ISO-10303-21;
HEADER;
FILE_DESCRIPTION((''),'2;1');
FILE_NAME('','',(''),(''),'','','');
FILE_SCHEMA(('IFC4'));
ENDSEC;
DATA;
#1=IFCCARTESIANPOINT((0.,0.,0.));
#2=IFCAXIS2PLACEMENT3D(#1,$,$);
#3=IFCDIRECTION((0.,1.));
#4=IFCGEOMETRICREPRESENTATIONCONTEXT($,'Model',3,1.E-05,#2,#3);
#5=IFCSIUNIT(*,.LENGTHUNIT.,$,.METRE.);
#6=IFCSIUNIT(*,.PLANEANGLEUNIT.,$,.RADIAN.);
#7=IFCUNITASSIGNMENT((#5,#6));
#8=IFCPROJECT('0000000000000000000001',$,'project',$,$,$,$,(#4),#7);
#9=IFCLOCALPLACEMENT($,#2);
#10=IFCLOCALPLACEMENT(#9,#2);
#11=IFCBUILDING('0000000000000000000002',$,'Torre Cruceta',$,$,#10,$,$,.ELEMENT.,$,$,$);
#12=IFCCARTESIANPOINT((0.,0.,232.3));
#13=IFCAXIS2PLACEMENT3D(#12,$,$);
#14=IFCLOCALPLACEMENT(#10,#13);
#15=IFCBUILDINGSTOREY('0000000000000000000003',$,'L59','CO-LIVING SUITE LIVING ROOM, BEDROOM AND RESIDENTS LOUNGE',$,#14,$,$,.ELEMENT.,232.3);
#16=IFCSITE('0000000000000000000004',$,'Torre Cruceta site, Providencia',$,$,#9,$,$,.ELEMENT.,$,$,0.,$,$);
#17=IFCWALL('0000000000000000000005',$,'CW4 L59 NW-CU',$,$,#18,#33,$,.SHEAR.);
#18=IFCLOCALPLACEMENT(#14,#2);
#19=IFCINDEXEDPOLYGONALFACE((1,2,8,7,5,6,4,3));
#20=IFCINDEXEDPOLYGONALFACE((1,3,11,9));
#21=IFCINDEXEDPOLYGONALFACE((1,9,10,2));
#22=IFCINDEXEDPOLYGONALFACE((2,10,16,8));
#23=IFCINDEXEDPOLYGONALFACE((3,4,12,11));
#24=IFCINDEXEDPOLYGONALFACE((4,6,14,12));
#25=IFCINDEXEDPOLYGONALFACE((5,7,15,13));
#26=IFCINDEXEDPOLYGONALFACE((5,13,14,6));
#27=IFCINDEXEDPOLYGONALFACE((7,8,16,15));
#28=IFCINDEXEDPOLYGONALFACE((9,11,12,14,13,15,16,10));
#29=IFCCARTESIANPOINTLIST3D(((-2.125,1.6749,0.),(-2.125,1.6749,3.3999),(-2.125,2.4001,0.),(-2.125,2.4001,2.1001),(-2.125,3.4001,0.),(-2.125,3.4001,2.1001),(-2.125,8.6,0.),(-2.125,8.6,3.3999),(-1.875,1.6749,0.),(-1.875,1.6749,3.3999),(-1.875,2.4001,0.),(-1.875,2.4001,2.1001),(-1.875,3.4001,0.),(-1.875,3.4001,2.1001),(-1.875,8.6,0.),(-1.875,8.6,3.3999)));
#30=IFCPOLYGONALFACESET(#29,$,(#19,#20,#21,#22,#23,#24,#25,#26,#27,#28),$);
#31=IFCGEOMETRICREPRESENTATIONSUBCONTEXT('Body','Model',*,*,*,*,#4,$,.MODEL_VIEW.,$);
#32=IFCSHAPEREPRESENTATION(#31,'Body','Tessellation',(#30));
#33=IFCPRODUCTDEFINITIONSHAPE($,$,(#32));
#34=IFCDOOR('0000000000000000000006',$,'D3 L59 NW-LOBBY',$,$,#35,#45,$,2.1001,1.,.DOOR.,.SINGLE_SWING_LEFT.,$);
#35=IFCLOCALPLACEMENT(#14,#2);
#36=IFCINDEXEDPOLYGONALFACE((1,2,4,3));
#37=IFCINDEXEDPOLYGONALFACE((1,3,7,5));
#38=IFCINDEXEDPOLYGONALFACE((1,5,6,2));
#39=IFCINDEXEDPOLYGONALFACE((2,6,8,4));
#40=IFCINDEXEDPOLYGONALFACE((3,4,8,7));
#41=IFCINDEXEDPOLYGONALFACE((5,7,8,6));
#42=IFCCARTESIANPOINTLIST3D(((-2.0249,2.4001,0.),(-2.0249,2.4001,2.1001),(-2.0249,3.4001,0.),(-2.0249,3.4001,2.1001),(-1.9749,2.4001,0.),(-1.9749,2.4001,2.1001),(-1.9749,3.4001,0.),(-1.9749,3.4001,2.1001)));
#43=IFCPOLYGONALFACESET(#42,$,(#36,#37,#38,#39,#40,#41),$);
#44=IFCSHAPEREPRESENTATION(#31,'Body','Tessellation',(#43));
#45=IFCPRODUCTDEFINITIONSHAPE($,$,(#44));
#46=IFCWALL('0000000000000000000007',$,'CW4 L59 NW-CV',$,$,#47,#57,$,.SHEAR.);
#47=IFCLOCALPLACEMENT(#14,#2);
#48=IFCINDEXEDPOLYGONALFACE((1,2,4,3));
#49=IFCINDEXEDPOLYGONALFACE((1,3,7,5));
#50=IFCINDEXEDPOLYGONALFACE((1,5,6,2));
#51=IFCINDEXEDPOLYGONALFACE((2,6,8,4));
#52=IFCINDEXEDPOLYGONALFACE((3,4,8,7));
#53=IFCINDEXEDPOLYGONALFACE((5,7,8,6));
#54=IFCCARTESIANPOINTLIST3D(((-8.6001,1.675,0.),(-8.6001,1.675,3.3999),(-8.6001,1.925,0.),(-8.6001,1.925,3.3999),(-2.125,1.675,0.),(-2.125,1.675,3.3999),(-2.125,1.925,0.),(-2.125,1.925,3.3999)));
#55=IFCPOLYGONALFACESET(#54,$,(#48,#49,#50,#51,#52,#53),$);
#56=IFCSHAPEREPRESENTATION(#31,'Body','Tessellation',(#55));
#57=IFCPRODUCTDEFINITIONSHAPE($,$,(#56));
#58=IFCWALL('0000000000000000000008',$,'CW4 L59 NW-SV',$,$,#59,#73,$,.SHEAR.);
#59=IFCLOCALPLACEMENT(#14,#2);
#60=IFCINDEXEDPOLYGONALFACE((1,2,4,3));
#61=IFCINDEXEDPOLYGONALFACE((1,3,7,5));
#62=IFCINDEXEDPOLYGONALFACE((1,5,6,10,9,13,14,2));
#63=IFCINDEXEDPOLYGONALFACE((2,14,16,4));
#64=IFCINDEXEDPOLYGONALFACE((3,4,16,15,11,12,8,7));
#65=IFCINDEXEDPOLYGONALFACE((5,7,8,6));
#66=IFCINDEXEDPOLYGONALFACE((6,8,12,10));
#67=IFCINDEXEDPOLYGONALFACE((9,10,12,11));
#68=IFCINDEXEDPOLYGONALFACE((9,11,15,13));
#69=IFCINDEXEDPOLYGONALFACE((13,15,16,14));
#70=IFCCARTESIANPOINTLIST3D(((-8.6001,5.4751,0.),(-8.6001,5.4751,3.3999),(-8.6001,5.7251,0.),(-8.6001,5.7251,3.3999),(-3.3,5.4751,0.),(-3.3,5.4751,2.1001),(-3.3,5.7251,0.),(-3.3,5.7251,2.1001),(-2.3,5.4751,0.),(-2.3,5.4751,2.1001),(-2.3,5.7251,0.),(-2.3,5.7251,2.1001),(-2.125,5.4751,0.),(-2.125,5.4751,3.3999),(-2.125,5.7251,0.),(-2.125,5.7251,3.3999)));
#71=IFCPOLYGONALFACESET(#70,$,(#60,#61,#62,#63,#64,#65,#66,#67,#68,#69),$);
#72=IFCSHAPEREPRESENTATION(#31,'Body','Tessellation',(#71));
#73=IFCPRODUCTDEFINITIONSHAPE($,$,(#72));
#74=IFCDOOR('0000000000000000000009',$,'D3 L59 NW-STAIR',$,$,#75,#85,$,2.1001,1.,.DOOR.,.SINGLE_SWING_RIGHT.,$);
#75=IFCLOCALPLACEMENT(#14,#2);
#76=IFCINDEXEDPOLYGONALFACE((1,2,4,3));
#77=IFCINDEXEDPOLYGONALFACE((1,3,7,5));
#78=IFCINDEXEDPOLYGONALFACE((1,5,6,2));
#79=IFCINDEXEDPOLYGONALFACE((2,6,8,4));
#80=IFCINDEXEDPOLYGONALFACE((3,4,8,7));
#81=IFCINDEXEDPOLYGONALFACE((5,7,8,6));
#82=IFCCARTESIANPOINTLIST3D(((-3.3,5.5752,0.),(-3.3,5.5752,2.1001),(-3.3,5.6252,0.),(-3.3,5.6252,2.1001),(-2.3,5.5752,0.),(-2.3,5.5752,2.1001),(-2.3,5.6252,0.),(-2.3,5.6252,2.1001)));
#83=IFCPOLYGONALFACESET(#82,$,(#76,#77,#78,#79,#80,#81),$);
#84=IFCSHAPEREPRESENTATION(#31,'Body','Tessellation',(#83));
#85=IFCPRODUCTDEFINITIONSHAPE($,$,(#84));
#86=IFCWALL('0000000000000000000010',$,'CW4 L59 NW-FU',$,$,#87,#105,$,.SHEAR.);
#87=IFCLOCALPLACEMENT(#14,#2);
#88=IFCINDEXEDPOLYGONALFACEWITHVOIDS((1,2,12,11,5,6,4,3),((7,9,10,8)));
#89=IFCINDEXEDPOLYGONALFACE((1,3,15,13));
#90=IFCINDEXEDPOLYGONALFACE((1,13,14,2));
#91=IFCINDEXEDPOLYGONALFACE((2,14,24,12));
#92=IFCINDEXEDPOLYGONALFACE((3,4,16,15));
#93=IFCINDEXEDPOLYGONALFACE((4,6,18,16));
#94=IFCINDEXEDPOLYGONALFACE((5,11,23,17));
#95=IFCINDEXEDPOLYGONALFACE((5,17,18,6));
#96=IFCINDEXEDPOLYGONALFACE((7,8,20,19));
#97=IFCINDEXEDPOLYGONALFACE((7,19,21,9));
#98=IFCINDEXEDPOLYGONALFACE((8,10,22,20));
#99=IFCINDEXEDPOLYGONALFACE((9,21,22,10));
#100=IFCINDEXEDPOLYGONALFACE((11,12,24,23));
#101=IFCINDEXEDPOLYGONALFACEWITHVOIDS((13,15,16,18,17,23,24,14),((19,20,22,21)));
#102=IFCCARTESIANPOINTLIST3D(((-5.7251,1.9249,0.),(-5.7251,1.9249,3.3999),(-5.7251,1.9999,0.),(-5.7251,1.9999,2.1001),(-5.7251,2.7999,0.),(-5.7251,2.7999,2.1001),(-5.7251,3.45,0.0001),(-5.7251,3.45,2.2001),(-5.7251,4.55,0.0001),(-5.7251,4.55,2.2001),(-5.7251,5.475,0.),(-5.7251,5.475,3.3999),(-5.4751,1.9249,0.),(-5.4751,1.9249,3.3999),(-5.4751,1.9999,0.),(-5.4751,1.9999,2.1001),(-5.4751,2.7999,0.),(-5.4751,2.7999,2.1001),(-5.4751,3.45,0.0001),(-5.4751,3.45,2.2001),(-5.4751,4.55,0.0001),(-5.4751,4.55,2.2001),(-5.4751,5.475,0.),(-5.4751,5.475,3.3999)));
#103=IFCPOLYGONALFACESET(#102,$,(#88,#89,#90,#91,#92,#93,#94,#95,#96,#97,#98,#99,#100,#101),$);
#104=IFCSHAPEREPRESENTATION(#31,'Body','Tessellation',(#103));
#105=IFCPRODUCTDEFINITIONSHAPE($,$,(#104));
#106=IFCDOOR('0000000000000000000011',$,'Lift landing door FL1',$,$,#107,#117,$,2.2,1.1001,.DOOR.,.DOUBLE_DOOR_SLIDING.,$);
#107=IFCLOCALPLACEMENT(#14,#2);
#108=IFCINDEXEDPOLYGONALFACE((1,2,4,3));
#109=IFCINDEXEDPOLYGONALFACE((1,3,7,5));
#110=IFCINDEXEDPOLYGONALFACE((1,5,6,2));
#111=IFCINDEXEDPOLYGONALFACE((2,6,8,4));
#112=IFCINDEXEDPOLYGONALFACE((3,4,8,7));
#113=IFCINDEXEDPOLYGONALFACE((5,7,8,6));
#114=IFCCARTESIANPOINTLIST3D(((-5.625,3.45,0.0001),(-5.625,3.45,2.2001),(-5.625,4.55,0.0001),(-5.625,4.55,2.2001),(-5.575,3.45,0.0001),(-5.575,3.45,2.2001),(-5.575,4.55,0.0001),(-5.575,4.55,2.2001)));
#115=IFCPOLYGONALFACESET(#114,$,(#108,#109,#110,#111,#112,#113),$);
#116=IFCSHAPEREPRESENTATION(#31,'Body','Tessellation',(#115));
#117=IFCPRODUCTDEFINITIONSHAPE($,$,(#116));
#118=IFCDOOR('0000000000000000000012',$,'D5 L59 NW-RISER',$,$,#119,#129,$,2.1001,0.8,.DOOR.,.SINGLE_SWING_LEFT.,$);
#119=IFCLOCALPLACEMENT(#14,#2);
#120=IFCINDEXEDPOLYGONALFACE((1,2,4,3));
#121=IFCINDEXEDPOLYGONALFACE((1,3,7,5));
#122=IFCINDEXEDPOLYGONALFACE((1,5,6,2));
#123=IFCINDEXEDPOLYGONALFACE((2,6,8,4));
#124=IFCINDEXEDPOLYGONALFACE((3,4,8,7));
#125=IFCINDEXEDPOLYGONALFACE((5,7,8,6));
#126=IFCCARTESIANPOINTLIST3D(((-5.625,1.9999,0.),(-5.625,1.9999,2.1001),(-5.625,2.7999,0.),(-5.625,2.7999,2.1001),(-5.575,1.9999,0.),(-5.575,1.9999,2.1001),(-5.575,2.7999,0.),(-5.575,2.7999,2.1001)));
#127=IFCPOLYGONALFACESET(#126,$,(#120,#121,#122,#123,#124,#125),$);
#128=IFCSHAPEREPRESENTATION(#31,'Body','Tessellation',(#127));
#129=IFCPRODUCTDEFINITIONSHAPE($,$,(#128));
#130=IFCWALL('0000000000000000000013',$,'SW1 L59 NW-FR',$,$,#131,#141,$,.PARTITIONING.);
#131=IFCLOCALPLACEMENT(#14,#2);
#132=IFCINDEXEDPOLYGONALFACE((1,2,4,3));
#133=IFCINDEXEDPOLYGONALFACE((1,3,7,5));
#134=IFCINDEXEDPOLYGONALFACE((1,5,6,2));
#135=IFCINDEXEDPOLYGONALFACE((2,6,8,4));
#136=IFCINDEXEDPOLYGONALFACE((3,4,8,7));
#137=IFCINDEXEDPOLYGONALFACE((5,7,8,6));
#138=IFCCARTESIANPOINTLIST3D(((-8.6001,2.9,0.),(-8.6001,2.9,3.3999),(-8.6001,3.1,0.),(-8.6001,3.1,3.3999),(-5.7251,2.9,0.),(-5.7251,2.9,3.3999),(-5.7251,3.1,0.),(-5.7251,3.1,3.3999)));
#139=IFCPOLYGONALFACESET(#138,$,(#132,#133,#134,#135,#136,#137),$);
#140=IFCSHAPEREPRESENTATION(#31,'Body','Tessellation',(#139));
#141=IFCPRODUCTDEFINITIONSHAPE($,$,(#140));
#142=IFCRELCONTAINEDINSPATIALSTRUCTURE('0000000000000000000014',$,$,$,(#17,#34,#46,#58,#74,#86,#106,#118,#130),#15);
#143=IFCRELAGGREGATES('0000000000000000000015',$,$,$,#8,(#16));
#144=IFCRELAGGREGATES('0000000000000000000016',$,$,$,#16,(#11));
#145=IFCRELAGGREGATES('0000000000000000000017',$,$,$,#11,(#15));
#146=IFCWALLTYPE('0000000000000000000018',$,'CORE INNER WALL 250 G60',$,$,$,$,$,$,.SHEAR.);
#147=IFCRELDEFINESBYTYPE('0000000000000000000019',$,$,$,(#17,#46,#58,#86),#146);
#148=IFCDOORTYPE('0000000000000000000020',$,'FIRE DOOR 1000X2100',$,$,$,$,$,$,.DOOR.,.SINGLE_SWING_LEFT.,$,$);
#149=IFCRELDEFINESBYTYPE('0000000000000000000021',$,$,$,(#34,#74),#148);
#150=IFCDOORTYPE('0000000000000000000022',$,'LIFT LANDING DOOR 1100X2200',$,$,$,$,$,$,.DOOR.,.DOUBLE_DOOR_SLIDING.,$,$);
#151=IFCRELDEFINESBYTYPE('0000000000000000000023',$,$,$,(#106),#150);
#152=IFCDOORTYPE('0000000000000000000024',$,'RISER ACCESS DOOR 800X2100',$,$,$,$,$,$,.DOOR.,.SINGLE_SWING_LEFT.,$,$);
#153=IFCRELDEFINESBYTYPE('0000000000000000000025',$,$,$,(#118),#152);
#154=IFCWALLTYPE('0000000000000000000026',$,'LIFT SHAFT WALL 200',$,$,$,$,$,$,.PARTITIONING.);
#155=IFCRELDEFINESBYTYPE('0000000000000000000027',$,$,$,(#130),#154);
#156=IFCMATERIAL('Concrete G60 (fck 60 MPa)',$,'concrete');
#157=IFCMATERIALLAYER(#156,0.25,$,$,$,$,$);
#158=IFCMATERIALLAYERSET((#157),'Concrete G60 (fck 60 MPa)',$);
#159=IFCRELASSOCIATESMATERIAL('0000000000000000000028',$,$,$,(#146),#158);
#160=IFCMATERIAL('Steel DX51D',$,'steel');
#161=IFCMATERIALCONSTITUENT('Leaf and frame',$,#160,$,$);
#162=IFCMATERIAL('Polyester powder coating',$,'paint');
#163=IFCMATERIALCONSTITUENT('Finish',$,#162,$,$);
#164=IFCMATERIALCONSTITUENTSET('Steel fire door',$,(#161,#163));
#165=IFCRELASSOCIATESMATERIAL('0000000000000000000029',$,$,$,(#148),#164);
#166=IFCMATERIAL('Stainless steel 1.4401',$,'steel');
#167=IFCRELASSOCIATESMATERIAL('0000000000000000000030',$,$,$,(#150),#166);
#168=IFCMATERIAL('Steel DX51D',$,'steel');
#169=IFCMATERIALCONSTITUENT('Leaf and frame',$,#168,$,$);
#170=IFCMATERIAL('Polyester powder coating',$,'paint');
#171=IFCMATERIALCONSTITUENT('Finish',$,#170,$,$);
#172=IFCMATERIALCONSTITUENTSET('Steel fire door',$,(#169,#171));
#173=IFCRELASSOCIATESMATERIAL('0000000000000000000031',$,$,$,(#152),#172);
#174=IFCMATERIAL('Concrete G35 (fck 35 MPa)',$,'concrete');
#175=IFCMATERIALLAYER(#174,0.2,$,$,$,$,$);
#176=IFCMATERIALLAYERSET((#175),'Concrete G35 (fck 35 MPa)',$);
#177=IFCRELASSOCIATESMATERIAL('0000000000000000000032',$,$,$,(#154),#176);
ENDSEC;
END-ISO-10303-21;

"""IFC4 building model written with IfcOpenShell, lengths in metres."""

from ifc_helpers import new_model, si_unit, direction, frame, frame_2d, origin, place, context, subcontext, project, spatial, rectangle, extrude, material, layer, layer_set, constituent, constituent_set, type_object, element, fill, save


model = new_model("IFC4")

# Units and contexts
model_context = context("Model", 3, precision=1e-05, world=origin(), true_north=direction((0.0, 1.0)))
body_context = subcontext(model_context, "Body", "Model", "MODEL_VIEW")
ifc_project = project(units=[si_unit("LENGTHUNIT", "METRE"), si_unit("PLANEANGLEUNIT", "RADIAN")], contexts=[model_context])

# Site, building, storey
site_placement = place(None, origin())
site = spatial("IfcSite", under=ifc_project, at=site_placement, Name="Torre Cruceta site, Providencia", CompositionType="ELEMENT", RefElevation=0.0)
building_placement = place(site_placement, origin())
building = spatial("IfcBuilding", under=site, at=building_placement, Name="Torre Cruceta", CompositionType="ELEMENT")
storey_placement = place(building_placement, frame((0.0, 0.0, 232.3)))
storey = spatial("IfcBuildingStorey", under=building, at=storey_placement, Name="L59", Description="CO-LIVING SUITE LIVING ROOM, BEDROOM AND RESIDENTS LOUNGE", CompositionType="ELEMENT", Elevation=232.3)

# Wall, opening, door
ifc_material_1 = material(Name="Concrete G60 (fck 60 MPa)", Category="concrete")
ifc_layer_1 = layer(ifc_material_1, 0.25)
ifc_layer_set_1 = layer_set([ifc_layer_1], Name="Concrete G60 (fck 60 MPa)")
wall_type_1 = type_object("IfcWallType", Name="CORE INNER WALL 250 G60", PredefinedType="SHEAR", material=ifc_layer_set_1)
wall_1_placement = place(storey_placement, frame((-2.0, 1.675, 0.0), z_axis=(0.0, 0.0, 1.0), x_axis=(0.0, 1.0, 0.0)))
wall_1 = element("IfcWall", 1, at=wall_1_placement, inside=storey, type_object=wall_type_1, Name="CW4 L59 NW-CU", PredefinedType="SHEAR", context=body_context, shape_type="SweptSolid", body=[
    extrude(rectangle(XDim=6.925, YDim=0.25, at=frame_2d((3.4624, 0.0))), origin(), (0.0, 0.0, 1.0), 3.3999),
])
opening_1_placement = place(wall_1_placement, frame((0.7251, 0.0, 0.0)))
opening_1 = element("IfcOpeningElement", 2, at=opening_1_placement, cuts=wall_1, PredefinedType="OPENING", context=body_context, shape_type="SweptSolid", body=[
    extrude(rectangle(XDim=1.0, YDim=2.1001, at=frame_2d((0.5, 1.05))), frame((0.0, 0.135, 0.0), z_axis=(0.0, -1.0, 0.0), x_axis=(1.0, 0.0, 0.0)), (0.0, 0.0, 1.0), 0.27),
])
ifc_material_2 = material(Name="Steel DX51D", Category="steel")
ifc_constituent_1 = constituent(ifc_material_2, Name="Leaf and frame")
ifc_material_3 = material(Name="Polyester powder coating", Category="paint")
ifc_constituent_2 = constituent(ifc_material_3, Name="Finish")
ifc_constituent_set_1 = constituent_set(constituents=[ifc_constituent_1, ifc_constituent_2], Name="Steel fire door")
door_type_1 = type_object("IfcDoorType", Name="FIRE DOOR 1000X2100", OperationType="SINGLE_SWING_LEFT", PredefinedType="DOOR", material=ifc_constituent_set_1)
door_1_placement = place(opening_1_placement, origin())
door_1 = element("IfcDoor", 3, at=door_1_placement, inside=storey, type_object=door_type_1, Name="D3 L59 NW-LOBBY", OperationType="SINGLE_SWING_LEFT", OverallHeight=2.1001, OverallWidth=1.0, PredefinedType="DOOR", context=body_context, shape_type="SweptSolid", body=[
    extrude(rectangle(XDim=1.0, YDim=2.1001, at=frame_2d((0.5, 1.05))), frame((0.0, 0.0249, 0.0), z_axis=(0.0, -1.0, 0.0), x_axis=(1.0, 0.0, 0.0)), (0.0, 0.0, 1.0), 0.05),
])
fill(opening_1, door_1)

# Wall
wall_2_placement = place(storey_placement, frame((-2.125, 1.8, 0.0), z_axis=(0.0, 0.0, 1.0), x_axis=(-1.0, 0.0, 0.0)))
element("IfcWall", 4, at=wall_2_placement, inside=storey, type_object=wall_type_1, Name="CW4 L59 NW-CV", PredefinedType="SHEAR", context=body_context, shape_type="SweptSolid", body=[
    extrude(rectangle(XDim=6.4751, YDim=0.25, at=frame_2d((3.2375, 0.0))), origin(), (0.0, 0.0, 1.0), 3.3999),
])

# Wall, opening, door
wall_3_placement = place(storey_placement, frame((-2.125, 5.6001, 0.0), z_axis=(0.0, 0.0, 1.0), x_axis=(-1.0, 0.0, 0.0)))
wall_3 = element("IfcWall", 5, at=wall_3_placement, inside=storey, type_object=wall_type_1, Name="CW4 L59 NW-SV", PredefinedType="SHEAR", context=body_context, shape_type="SweptSolid", body=[
    extrude(rectangle(XDim=6.4751, YDim=0.25, at=frame_2d((3.2375, 0.0))), origin(), (0.0, 0.0, 1.0), 3.3999),
])
opening_2_placement = place(wall_3_placement, frame((0.175, 0.0, 0.0)))
opening_2 = element("IfcOpeningElement", 6, at=opening_2_placement, cuts=wall_3, PredefinedType="OPENING", context=body_context, shape_type="SweptSolid", body=[
    extrude(rectangle(XDim=1.0, YDim=2.1001, at=frame_2d((0.5, 1.05))), frame((0.0, 0.135, 0.0), z_axis=(0.0, -1.0, 0.0), x_axis=(1.0, 0.0, 0.0)), (0.0, 0.0, 1.0), 0.27),
])
door_2_placement = place(opening_2_placement, frame((1.0, 0.0, 0.0), z_axis=(0.0, 0.0, 1.0), x_axis=(-1.0, 0.0, 0.0)))
door_2 = element("IfcDoor", 7, at=door_2_placement, inside=storey, type_object=door_type_1, Name="D3 L59 NW-STAIR", OperationType="SINGLE_SWING_RIGHT", OverallHeight=2.1001, OverallWidth=1.0, PredefinedType="DOOR", context=body_context, shape_type="SweptSolid", body=[
    extrude(rectangle(XDim=1.0, YDim=2.1001, at=frame_2d((0.5, 1.05))), frame((0.0, 0.0251, 0.0), z_axis=(0.0, -1.0, 0.0), x_axis=(1.0, 0.0, 0.0)), (0.0, 0.0, 1.0), 0.05),
])
fill(opening_2, door_2)

# Wall, openings, doors
wall_4_placement = place(storey_placement, frame((-5.6001, 1.925, 0.0), z_axis=(0.0, 0.0, 1.0), x_axis=(0.0, 1.0, 0.0)))
wall_4 = element("IfcWall", 8, at=wall_4_placement, inside=storey, type_object=wall_type_1, Name="CW4 L59 NW-FU", PredefinedType="SHEAR", context=body_context, shape_type="SweptSolid", body=[
    extrude(rectangle(XDim=3.55, YDim=0.25, at=frame_2d((1.7749, 0.0))), origin(), (0.0, 0.0, 1.0), 3.3999),
])
opening_3_placement = place(wall_4_placement, frame((1.5249, 0.0, 0.0)))
opening_3 = element("IfcOpeningElement", 9, at=opening_3_placement, cuts=wall_4, PredefinedType="OPENING", context=body_context, shape_type="SweptSolid", body=[
    extrude(rectangle(XDim=1.1001, YDim=2.2, at=frame_2d((0.55, 1.1001))), frame((0.0, 0.135, 0.0), z_axis=(0.0, -1.0, 0.0), x_axis=(1.0, 0.0, 0.0)), (0.0, 0.0, 1.0), 0.27),
])
opening_4_placement = place(wall_4_placement, frame((0.075, 0.0, 0.0)))
opening_4 = element("IfcOpeningElement", 10, at=opening_4_placement, cuts=wall_4, PredefinedType="OPENING", context=body_context, shape_type="SweptSolid", body=[
    extrude(rectangle(XDim=0.8, YDim=2.1001, at=frame_2d((0.3999, 1.05))), frame((0.0, 0.135, 0.0), z_axis=(0.0, -1.0, 0.0), x_axis=(1.0, 0.0, 0.0)), (0.0, 0.0, 1.0), 0.27),
])
ifc_material_4 = material(Name="Stainless steel 1.4401", Category="steel")
door_type_2 = type_object("IfcDoorType", Name="LIFT LANDING DOOR 1100X2200", OperationType="DOUBLE_DOOR_SLIDING", PredefinedType="DOOR", material=ifc_material_4)
door_3_placement = place(opening_3_placement, origin())
door_3 = element("IfcDoor", 11, at=door_3_placement, inside=storey, type_object=door_type_2, Name="Lift landing door FL1", OperationType="DOUBLE_DOOR_SLIDING", OverallHeight=2.2, OverallWidth=1.1001, PredefinedType="DOOR", context=body_context, shape_type="SweptSolid", body=[
    extrude(rectangle(XDim=1.1001, YDim=2.2, at=frame_2d((0.55, 1.1001))), frame((0.0, 0.0249, 0.0), z_axis=(0.0, -1.0, 0.0), x_axis=(1.0, 0.0, 0.0)), (0.0, 0.0, 1.0), 0.05),
])
fill(opening_3, door_3)
ifc_material_5 = material(Name="Steel DX51D", Category="steel")
ifc_constituent_3 = constituent(ifc_material_5, Name="Leaf and frame")
ifc_material_6 = material(Name="Polyester powder coating", Category="paint")
ifc_constituent_4 = constituent(ifc_material_6, Name="Finish")
ifc_constituent_set_2 = constituent_set(constituents=[ifc_constituent_3, ifc_constituent_4], Name="Steel fire door")
door_type_3 = type_object("IfcDoorType", Name="RISER ACCESS DOOR 800X2100", OperationType="SINGLE_SWING_LEFT", PredefinedType="DOOR", material=ifc_constituent_set_2)
door_4_placement = place(opening_4_placement, origin())
door_4 = element("IfcDoor", 12, at=door_4_placement, inside=storey, type_object=door_type_3, Name="D5 L59 NW-RISER", OperationType="SINGLE_SWING_LEFT", OverallHeight=2.1001, OverallWidth=0.8, PredefinedType="DOOR", context=body_context, shape_type="SweptSolid", body=[
    extrude(rectangle(XDim=0.8, YDim=2.1001, at=frame_2d((0.3999, 1.05))), frame((0.0, 0.0249, 0.0), z_axis=(0.0, -1.0, 0.0), x_axis=(1.0, 0.0, 0.0)), (0.0, 0.0, 1.0), 0.05),
])
fill(opening_4, door_4)

# Wall
ifc_material_7 = material(Name="Concrete G35 (fck 35 MPa)", Category="concrete")
ifc_layer_2 = layer(ifc_material_7, 0.2)
ifc_layer_set_2 = layer_set([ifc_layer_2], Name="Concrete G35 (fck 35 MPa)")
wall_type_2 = type_object("IfcWallType", Name="LIFT SHAFT WALL 200", PredefinedType="PARTITIONING", material=ifc_layer_set_2)
wall_5_placement = place(storey_placement, frame((-5.7251, 3.0, 0.0), z_axis=(0.0, 0.0, 1.0), x_axis=(-1.0, 0.0, 0.0)))
element("IfcWall", 13, at=wall_5_placement, inside=storey, type_object=wall_type_2, Name="SW1 L59 NW-FR", PredefinedType="PARTITIONING", context=body_context, shape_type="SweptSolid", body=[
    extrude(rectangle(XDim=2.875, YDim=0.2, at=frame_2d((1.4375, 0.0))), origin(), (0.0, 0.0, 1.0), 3.3999),
])

save(model, "model.ifc")
